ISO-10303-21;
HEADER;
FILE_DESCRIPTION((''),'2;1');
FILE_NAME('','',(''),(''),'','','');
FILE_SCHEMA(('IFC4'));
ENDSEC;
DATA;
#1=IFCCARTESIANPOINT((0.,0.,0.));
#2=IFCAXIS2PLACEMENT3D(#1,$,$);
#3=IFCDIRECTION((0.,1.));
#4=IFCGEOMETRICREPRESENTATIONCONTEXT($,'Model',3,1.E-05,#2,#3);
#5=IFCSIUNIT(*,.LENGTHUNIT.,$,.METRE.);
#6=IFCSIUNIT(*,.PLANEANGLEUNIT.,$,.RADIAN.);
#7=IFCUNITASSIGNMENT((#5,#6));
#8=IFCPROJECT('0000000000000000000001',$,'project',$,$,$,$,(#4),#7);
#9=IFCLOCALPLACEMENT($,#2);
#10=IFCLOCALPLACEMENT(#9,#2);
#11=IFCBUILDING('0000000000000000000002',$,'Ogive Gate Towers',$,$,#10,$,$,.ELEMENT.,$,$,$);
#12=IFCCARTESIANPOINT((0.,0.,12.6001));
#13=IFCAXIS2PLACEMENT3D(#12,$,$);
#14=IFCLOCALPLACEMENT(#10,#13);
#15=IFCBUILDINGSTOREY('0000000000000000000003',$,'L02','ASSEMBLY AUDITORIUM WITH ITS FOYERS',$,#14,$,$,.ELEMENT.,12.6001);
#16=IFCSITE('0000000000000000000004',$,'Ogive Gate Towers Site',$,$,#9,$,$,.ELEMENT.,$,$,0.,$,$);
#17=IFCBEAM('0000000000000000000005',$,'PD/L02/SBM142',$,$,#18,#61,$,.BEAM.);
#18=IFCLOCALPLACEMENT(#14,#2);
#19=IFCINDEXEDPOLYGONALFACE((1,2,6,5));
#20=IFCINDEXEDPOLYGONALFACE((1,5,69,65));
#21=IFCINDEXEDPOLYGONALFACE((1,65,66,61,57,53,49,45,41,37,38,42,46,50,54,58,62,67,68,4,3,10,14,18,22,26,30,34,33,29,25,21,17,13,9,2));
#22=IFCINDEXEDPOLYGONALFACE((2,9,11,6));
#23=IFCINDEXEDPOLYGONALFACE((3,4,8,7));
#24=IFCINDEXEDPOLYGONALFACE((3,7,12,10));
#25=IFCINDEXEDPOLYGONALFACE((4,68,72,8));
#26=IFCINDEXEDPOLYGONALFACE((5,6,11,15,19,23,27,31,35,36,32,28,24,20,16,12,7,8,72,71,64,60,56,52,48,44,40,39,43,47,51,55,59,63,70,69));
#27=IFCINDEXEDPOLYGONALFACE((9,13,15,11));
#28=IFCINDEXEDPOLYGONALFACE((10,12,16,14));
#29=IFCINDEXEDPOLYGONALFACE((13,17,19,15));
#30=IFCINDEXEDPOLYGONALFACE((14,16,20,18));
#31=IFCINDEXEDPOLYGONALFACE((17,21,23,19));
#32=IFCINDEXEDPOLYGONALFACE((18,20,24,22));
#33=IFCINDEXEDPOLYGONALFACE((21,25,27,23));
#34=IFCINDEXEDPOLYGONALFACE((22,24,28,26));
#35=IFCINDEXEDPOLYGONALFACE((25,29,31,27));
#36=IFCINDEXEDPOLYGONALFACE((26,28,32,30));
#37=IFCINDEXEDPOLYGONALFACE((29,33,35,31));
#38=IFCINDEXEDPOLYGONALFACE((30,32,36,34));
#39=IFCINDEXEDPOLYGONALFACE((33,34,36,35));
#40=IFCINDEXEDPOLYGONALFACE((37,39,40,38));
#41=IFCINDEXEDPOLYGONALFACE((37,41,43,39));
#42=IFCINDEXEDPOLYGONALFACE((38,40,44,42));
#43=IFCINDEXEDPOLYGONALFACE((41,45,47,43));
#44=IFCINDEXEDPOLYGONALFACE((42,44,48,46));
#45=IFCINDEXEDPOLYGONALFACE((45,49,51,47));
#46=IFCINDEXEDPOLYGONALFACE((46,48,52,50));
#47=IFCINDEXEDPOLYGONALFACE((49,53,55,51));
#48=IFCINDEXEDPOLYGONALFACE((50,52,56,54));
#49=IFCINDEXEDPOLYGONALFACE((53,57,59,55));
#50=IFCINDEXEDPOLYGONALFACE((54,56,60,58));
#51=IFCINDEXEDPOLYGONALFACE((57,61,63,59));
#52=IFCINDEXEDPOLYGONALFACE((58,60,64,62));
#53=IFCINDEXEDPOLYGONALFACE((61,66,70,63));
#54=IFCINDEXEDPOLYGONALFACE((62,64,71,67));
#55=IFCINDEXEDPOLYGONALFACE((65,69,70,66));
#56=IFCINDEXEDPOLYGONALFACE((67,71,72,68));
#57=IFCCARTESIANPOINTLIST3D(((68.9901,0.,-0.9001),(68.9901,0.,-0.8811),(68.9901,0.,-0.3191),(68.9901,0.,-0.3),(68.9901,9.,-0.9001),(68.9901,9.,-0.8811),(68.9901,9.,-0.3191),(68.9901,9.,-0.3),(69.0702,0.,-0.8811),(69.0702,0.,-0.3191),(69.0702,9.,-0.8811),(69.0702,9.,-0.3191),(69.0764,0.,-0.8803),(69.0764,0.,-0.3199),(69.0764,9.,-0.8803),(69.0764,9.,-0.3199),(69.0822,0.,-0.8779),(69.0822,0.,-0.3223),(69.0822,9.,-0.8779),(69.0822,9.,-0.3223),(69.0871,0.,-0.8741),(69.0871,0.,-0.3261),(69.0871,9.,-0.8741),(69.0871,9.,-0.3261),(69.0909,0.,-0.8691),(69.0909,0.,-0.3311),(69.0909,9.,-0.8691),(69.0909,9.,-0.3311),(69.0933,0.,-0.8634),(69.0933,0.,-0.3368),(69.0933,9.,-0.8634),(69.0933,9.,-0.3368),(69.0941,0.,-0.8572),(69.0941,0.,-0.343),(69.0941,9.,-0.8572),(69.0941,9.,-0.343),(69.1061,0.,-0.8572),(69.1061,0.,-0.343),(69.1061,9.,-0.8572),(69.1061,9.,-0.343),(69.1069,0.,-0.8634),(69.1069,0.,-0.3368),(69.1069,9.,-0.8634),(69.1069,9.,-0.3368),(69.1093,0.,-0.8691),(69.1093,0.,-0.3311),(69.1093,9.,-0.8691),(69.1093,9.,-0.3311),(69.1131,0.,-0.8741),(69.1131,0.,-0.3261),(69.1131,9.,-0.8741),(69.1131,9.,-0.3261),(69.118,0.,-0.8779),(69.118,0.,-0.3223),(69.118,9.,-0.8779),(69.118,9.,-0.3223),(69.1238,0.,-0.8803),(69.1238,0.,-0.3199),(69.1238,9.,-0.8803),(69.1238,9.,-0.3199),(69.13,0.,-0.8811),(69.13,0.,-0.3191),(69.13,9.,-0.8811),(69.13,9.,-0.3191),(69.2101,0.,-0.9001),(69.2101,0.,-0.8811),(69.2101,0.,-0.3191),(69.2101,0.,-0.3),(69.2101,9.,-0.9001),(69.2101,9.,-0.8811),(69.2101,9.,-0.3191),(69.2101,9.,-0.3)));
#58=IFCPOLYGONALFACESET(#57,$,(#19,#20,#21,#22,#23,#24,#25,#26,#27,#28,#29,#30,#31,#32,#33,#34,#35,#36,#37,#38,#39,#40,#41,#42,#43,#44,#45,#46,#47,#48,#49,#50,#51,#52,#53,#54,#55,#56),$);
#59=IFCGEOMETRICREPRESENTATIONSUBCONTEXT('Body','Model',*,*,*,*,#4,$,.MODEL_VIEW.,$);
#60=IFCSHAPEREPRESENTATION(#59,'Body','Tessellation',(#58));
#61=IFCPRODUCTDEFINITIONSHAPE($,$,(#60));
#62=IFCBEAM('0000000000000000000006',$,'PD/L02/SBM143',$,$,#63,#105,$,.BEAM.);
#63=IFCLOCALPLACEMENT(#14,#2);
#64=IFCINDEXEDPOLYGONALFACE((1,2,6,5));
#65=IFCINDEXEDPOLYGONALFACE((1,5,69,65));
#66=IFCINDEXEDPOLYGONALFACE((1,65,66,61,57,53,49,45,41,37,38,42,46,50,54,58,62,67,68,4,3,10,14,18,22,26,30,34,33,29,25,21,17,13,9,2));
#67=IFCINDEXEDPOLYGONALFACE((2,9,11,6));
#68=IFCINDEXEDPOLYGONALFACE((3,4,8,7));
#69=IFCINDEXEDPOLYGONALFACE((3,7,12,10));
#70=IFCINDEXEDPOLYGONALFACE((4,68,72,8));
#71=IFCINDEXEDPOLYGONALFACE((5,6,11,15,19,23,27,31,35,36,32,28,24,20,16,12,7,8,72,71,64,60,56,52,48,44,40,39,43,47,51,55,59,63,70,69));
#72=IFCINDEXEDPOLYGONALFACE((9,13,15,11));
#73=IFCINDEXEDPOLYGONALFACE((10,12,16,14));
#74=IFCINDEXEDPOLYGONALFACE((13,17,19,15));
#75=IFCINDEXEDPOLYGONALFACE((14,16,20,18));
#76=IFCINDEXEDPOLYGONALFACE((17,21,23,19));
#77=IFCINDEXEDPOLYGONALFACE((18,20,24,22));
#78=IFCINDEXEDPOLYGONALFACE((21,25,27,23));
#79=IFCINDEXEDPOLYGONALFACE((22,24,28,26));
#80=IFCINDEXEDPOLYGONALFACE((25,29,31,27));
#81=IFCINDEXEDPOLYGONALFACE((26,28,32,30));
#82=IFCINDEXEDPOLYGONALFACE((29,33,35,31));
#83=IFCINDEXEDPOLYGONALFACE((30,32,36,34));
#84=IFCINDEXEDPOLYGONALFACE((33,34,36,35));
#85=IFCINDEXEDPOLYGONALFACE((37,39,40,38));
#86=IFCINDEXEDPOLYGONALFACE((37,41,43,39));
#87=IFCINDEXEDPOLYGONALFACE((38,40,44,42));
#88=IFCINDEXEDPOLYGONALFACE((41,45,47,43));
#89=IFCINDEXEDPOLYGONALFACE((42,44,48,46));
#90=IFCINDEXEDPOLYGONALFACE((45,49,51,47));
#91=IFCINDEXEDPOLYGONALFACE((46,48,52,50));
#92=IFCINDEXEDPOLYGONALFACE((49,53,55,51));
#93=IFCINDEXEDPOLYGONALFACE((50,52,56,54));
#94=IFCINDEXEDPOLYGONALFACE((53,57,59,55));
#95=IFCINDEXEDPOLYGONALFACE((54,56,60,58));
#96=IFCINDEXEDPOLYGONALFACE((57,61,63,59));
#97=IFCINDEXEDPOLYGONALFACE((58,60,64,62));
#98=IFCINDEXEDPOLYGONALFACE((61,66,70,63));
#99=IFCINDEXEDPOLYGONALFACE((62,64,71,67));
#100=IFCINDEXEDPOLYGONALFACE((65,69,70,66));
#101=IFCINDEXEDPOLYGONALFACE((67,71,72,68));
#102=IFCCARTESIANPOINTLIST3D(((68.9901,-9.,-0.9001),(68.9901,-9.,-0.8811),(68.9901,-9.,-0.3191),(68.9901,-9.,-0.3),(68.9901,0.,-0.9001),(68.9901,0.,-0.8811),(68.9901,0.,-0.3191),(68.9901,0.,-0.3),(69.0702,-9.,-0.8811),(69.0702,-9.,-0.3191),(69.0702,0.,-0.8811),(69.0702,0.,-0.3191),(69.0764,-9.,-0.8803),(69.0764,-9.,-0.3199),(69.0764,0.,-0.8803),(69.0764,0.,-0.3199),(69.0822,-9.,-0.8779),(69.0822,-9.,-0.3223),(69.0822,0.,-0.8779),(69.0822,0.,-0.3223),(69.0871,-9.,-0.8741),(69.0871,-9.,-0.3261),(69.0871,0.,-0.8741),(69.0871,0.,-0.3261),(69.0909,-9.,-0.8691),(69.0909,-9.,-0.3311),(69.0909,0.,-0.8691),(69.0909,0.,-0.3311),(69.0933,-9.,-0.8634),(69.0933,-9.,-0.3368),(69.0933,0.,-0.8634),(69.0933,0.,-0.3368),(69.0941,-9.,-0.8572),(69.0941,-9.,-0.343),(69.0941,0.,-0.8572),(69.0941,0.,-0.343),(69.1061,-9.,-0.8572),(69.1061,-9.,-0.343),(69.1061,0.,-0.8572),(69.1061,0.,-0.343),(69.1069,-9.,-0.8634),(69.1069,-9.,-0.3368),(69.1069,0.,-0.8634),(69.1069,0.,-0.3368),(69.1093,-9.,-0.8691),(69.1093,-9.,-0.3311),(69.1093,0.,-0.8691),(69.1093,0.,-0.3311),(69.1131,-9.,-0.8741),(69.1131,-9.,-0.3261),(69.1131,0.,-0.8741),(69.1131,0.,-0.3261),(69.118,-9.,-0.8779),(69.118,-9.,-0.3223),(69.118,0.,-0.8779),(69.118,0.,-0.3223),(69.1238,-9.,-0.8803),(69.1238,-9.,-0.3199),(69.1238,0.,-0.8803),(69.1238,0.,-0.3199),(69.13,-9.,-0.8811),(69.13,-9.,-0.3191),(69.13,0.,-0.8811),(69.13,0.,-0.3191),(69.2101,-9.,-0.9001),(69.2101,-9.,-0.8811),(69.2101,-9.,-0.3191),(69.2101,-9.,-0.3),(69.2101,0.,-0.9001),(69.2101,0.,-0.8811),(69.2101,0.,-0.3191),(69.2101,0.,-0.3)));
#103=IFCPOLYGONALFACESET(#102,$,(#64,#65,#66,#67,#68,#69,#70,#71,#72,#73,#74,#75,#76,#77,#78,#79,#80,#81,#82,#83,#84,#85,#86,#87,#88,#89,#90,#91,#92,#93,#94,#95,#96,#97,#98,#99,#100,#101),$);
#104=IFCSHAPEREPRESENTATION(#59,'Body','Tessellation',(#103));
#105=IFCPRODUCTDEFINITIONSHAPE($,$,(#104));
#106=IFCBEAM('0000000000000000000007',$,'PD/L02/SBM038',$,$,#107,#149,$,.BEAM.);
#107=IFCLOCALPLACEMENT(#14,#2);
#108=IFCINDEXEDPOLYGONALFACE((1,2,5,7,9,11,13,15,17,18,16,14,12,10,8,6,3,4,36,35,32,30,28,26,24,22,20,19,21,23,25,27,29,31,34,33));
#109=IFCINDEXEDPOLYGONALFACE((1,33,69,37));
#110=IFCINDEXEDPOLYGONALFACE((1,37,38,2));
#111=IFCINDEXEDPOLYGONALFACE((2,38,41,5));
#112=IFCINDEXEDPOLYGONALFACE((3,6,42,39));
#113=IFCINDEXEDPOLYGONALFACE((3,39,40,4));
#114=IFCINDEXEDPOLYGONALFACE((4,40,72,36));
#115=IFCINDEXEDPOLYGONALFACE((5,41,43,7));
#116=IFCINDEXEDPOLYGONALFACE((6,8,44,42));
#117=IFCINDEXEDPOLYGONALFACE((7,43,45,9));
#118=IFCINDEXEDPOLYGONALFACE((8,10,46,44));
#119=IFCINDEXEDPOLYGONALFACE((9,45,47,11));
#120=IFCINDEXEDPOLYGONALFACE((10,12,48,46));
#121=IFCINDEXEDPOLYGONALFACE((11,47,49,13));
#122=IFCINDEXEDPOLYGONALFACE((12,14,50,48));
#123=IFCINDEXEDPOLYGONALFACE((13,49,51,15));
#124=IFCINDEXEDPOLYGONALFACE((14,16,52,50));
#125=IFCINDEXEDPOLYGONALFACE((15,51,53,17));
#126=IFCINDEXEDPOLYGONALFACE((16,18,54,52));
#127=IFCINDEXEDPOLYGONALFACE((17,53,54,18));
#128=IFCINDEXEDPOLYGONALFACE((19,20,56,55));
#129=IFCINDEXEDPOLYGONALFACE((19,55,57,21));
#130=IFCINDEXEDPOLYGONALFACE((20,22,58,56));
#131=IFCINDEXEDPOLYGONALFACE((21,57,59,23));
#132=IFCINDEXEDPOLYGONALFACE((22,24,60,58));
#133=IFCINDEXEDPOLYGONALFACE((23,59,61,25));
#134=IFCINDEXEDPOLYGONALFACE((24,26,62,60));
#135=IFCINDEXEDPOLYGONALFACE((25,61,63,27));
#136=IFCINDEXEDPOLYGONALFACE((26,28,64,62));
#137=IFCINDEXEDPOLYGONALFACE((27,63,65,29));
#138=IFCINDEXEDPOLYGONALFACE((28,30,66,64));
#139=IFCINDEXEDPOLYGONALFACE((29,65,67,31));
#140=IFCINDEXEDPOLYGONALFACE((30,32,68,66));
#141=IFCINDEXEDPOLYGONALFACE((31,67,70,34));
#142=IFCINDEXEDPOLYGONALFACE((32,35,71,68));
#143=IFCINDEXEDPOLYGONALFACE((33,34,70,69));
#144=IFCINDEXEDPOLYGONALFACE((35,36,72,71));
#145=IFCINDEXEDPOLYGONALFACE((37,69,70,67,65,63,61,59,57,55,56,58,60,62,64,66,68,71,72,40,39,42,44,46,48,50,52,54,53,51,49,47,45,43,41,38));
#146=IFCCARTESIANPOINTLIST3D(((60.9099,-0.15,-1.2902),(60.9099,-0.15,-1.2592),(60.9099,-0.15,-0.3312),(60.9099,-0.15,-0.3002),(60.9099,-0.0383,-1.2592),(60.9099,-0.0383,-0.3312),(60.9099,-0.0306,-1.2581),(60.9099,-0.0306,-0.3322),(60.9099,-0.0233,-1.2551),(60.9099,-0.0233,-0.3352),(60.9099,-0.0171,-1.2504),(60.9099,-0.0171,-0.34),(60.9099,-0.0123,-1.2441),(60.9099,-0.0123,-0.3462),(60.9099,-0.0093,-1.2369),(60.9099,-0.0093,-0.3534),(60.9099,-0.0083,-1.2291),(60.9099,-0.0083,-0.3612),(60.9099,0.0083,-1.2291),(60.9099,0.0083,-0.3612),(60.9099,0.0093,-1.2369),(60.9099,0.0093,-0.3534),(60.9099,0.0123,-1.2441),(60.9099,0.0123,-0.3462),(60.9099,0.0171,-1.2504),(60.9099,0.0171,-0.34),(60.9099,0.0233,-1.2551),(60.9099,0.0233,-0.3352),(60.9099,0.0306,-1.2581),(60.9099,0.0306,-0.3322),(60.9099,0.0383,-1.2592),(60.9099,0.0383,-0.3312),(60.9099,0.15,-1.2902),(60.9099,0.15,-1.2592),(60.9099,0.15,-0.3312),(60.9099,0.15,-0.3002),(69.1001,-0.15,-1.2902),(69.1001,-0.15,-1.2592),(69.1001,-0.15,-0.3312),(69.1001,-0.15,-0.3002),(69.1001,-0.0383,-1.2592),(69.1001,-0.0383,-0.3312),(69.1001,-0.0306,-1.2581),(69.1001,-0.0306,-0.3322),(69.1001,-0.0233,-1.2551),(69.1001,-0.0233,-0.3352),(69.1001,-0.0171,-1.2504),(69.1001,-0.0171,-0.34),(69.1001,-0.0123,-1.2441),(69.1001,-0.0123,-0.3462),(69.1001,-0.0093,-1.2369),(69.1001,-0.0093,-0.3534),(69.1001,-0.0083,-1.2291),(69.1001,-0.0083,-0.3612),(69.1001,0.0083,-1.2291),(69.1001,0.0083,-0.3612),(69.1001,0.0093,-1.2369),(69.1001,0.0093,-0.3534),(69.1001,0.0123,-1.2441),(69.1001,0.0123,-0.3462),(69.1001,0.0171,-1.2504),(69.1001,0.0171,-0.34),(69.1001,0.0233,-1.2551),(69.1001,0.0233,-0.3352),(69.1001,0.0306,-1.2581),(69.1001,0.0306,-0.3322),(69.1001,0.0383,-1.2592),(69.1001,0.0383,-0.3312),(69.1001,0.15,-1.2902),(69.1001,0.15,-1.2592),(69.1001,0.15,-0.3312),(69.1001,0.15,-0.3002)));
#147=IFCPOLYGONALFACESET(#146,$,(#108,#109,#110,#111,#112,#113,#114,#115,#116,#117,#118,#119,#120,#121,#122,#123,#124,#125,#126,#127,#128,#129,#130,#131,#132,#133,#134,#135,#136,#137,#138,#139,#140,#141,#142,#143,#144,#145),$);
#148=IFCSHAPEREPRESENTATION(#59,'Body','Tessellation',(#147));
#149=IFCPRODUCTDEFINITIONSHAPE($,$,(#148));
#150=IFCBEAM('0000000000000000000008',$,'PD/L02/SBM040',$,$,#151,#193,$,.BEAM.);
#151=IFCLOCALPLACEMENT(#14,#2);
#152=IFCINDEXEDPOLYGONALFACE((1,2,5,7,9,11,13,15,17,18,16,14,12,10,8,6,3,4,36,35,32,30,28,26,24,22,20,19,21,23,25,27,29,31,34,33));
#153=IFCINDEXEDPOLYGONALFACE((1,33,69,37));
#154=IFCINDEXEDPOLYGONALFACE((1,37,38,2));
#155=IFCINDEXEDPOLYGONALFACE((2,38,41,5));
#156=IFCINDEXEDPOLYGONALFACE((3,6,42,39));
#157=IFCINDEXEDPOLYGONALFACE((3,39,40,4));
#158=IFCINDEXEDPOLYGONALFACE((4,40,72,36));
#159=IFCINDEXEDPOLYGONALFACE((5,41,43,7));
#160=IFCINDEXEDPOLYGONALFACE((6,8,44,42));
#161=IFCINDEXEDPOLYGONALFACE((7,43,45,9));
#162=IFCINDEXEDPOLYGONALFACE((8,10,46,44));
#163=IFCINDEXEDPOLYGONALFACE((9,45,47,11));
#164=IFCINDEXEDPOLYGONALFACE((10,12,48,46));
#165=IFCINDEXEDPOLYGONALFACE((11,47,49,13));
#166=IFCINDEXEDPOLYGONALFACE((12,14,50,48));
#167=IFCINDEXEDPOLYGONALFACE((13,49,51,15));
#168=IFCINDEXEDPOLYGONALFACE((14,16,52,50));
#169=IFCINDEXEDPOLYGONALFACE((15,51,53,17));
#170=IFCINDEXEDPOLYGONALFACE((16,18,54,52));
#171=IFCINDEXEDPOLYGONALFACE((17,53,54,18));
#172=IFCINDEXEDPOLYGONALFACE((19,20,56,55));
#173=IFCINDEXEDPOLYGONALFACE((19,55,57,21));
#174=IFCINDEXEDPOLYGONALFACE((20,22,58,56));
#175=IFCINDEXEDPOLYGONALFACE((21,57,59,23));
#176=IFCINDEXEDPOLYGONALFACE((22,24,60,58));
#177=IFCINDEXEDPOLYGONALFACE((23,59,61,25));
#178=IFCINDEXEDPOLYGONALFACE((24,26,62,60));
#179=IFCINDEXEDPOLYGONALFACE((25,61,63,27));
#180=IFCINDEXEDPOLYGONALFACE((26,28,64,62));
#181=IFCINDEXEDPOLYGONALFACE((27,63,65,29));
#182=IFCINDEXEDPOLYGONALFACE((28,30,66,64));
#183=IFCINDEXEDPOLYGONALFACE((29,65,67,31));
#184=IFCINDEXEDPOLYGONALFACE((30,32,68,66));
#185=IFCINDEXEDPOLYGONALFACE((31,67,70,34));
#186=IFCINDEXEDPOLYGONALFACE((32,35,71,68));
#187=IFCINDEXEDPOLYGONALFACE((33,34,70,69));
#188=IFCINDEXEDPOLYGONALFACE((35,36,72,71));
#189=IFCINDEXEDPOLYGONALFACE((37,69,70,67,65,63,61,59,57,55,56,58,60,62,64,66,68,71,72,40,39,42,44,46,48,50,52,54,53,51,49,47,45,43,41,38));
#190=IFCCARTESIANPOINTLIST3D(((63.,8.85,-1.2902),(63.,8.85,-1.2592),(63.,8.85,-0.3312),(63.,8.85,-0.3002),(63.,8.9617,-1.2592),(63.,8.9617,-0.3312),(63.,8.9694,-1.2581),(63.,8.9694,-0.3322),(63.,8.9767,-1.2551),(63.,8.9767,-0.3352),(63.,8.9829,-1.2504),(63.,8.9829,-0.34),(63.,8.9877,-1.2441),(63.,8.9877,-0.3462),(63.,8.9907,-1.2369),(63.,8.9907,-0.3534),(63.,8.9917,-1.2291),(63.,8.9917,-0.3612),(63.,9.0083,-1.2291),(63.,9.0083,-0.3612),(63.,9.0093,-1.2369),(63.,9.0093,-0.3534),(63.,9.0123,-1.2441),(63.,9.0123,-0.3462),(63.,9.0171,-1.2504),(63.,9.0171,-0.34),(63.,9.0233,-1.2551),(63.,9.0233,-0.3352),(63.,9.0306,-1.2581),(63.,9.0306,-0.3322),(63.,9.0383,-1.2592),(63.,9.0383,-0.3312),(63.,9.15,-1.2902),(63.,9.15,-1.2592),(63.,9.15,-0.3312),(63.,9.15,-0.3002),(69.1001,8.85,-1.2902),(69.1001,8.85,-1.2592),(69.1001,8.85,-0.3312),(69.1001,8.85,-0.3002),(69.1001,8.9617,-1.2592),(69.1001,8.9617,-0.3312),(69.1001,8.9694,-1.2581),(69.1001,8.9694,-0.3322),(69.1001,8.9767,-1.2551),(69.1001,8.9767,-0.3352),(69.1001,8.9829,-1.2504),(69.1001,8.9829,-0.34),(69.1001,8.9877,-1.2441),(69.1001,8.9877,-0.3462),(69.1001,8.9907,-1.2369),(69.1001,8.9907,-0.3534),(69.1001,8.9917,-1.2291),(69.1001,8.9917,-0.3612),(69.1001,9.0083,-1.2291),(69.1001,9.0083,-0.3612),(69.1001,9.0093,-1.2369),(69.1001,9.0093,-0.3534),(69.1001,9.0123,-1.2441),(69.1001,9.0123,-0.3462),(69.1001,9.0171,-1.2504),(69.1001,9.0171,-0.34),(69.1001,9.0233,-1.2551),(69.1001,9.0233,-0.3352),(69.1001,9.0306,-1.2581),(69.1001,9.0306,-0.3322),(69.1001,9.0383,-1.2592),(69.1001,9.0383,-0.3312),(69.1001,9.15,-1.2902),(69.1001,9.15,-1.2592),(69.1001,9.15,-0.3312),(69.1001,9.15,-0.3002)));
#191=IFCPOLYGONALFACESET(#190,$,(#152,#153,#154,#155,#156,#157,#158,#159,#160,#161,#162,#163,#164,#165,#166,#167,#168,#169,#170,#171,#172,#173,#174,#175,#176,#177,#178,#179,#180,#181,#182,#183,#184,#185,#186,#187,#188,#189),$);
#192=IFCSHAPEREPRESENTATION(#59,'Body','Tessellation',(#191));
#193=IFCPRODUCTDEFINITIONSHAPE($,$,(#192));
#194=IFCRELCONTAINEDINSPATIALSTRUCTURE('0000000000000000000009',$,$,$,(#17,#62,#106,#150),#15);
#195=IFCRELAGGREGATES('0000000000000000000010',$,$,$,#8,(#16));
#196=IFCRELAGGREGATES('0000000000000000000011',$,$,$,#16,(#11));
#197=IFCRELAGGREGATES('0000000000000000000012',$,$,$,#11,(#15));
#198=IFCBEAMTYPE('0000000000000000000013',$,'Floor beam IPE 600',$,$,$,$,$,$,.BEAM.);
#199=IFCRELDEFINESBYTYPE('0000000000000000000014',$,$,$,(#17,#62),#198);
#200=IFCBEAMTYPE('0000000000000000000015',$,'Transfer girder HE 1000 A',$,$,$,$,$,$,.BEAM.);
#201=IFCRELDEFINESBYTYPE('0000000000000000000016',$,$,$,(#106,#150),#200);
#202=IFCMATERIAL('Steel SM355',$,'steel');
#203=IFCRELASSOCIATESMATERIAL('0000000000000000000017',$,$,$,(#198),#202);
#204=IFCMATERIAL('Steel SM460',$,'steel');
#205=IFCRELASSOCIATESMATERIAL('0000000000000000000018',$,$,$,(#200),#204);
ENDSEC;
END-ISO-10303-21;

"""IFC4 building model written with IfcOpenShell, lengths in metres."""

from ifc_helpers import new_model, si_unit, direction, frame, origin, origin_2d, place, context, subcontext, project, spatial, i_section, extrude, material, material_profile, profile_set, type_object, element, save


model = new_model("IFC4")

# Units and contexts
model_context = context("Model", 3, precision=1e-05, world=origin(), true_north=direction((0.0, 1.0)))
body_context = subcontext(model_context, "Body", "Model", "MODEL_VIEW")
ifc_project = project(units=[si_unit("LENGTHUNIT", "METRE"), si_unit("PLANEANGLEUNIT", "RADIAN")], contexts=[model_context])

# Site, building, storey
site_placement = place(None, origin())
site = spatial("IfcSite", under=ifc_project, at=site_placement, Name="Ogive Gate Towers Site", CompositionType="ELEMENT", RefElevation=0.0)
building_placement = place(site_placement, origin())
building = spatial("IfcBuilding", under=site, at=building_placement, Name="Ogive Gate Towers", CompositionType="ELEMENT")
storey_placement = place(building_placement, frame((0.0, 0.0, 12.6001)))
storey = spatial("IfcBuildingStorey", under=building, at=storey_placement, Name="L02", Description="ASSEMBLY AUDITORIUM WITH ITS FOYERS", CompositionType="ELEMENT", Elevation=12.6001)

# Beams
ifc_material_1 = material(Name="Steel SM460", Category="steel")
ifc_material_2 = material(Name="Steel SM355", Category="steel")
ifc_material_profile_1 = material_profile(ifc_material_2, i_section(OverallWidth=0.22, OverallDepth=0.6001, WebThickness=0.012, FlangeThickness=0.019, FilletRadius=0.0239, at=origin_2d()), Name="IPE 600")
ifc_profile_set_1 = profile_set([ifc_material_profile_1], Name="Steel SM355")
beam_type_1 = type_object("IfcBeamType", Name="Floor beam IPE 600", PredefinedType="BEAM", material=ifc_profile_set_1)
for number, where, z_axis, x_axis, name in (
    (1, (69.1001, 9.0, -0.6001), (0.0, -1.0, 0.0), (1.0, 0.0, 0.0), "PD/L02/SBM142"),
    (2, (69.1001, 0.0, -0.6001), (0.0, -1.0, 0.0), (1.0, 0.0, 0.0), "PD/L02/SBM143"),
):
    element("IfcBeam", number, at=place(storey_placement, frame(where, z_axis=z_axis, x_axis=x_axis)), inside=storey, type_object=beam_type_1, Name=name, PredefinedType="BEAM", context=body_context, shape_type="SweptSolid", body=[
        extrude(i_section(OverallWidth=0.22, OverallDepth=0.6001, WebThickness=0.012, FlangeThickness=0.019, FilletRadius=0.0239, at=origin_2d()), origin(), (0.0, 0.0, 1.0), 9.0),
    ])
ifc_material_profile_2 = material_profile(ifc_material_1, i_section(OverallWidth=0.3, OverallDepth=0.99, WebThickness=0.0166, FlangeThickness=0.031, FilletRadius=0.03, at=origin_2d()), Name="HE 1000 A")
ifc_profile_set_2 = profile_set([ifc_material_profile_2], Name="Steel SM460")
beam_type_2 = type_object("IfcBeamType", Name="Transfer girder HE 1000 A", PredefinedType="BEAM", material=ifc_profile_set_2)
beam_1_placement = place(storey_placement, frame((60.9099, 0.0, -0.7952), z_axis=(1.0, 0.0, 0.0), x_axis=(0.0, 1.0, 0.0)))
element("IfcBeam", 3, at=beam_1_placement, inside=storey, type_object=beam_type_2, Name="PD/L02/SBM038", PredefinedType="BEAM", context=body_context, shape_type="SweptSolid", body=[
    extrude(i_section(OverallWidth=0.3, OverallDepth=0.99, WebThickness=0.0166, FlangeThickness=0.031, FilletRadius=0.03, at=origin_2d()), origin(), (0.0, 0.0, 1.0), 8.1902),
])
for number, where, z_axis, x_axis, name in (
    (4, (63.0, 9.0, -0.7952), (1.0, 0.0, 0.0), (0.0, 1.0, 0.0), "PD/L02/SBM040"),
):
    element("IfcBeam", number, at=place(storey_placement, frame(where, z_axis=z_axis, x_axis=x_axis)), inside=storey, type_object=beam_type_2, Name=name, PredefinedType="BEAM", context=body_context, shape_type="SweptSolid", body=[
        extrude(i_section(OverallWidth=0.3, OverallDepth=0.99, WebThickness=0.0166, FlangeThickness=0.031, FilletRadius=0.03, at=origin_2d()), origin(), (0.0, 0.0, 1.0), 6.1001),
    ])

save(model, "model.ifc")
